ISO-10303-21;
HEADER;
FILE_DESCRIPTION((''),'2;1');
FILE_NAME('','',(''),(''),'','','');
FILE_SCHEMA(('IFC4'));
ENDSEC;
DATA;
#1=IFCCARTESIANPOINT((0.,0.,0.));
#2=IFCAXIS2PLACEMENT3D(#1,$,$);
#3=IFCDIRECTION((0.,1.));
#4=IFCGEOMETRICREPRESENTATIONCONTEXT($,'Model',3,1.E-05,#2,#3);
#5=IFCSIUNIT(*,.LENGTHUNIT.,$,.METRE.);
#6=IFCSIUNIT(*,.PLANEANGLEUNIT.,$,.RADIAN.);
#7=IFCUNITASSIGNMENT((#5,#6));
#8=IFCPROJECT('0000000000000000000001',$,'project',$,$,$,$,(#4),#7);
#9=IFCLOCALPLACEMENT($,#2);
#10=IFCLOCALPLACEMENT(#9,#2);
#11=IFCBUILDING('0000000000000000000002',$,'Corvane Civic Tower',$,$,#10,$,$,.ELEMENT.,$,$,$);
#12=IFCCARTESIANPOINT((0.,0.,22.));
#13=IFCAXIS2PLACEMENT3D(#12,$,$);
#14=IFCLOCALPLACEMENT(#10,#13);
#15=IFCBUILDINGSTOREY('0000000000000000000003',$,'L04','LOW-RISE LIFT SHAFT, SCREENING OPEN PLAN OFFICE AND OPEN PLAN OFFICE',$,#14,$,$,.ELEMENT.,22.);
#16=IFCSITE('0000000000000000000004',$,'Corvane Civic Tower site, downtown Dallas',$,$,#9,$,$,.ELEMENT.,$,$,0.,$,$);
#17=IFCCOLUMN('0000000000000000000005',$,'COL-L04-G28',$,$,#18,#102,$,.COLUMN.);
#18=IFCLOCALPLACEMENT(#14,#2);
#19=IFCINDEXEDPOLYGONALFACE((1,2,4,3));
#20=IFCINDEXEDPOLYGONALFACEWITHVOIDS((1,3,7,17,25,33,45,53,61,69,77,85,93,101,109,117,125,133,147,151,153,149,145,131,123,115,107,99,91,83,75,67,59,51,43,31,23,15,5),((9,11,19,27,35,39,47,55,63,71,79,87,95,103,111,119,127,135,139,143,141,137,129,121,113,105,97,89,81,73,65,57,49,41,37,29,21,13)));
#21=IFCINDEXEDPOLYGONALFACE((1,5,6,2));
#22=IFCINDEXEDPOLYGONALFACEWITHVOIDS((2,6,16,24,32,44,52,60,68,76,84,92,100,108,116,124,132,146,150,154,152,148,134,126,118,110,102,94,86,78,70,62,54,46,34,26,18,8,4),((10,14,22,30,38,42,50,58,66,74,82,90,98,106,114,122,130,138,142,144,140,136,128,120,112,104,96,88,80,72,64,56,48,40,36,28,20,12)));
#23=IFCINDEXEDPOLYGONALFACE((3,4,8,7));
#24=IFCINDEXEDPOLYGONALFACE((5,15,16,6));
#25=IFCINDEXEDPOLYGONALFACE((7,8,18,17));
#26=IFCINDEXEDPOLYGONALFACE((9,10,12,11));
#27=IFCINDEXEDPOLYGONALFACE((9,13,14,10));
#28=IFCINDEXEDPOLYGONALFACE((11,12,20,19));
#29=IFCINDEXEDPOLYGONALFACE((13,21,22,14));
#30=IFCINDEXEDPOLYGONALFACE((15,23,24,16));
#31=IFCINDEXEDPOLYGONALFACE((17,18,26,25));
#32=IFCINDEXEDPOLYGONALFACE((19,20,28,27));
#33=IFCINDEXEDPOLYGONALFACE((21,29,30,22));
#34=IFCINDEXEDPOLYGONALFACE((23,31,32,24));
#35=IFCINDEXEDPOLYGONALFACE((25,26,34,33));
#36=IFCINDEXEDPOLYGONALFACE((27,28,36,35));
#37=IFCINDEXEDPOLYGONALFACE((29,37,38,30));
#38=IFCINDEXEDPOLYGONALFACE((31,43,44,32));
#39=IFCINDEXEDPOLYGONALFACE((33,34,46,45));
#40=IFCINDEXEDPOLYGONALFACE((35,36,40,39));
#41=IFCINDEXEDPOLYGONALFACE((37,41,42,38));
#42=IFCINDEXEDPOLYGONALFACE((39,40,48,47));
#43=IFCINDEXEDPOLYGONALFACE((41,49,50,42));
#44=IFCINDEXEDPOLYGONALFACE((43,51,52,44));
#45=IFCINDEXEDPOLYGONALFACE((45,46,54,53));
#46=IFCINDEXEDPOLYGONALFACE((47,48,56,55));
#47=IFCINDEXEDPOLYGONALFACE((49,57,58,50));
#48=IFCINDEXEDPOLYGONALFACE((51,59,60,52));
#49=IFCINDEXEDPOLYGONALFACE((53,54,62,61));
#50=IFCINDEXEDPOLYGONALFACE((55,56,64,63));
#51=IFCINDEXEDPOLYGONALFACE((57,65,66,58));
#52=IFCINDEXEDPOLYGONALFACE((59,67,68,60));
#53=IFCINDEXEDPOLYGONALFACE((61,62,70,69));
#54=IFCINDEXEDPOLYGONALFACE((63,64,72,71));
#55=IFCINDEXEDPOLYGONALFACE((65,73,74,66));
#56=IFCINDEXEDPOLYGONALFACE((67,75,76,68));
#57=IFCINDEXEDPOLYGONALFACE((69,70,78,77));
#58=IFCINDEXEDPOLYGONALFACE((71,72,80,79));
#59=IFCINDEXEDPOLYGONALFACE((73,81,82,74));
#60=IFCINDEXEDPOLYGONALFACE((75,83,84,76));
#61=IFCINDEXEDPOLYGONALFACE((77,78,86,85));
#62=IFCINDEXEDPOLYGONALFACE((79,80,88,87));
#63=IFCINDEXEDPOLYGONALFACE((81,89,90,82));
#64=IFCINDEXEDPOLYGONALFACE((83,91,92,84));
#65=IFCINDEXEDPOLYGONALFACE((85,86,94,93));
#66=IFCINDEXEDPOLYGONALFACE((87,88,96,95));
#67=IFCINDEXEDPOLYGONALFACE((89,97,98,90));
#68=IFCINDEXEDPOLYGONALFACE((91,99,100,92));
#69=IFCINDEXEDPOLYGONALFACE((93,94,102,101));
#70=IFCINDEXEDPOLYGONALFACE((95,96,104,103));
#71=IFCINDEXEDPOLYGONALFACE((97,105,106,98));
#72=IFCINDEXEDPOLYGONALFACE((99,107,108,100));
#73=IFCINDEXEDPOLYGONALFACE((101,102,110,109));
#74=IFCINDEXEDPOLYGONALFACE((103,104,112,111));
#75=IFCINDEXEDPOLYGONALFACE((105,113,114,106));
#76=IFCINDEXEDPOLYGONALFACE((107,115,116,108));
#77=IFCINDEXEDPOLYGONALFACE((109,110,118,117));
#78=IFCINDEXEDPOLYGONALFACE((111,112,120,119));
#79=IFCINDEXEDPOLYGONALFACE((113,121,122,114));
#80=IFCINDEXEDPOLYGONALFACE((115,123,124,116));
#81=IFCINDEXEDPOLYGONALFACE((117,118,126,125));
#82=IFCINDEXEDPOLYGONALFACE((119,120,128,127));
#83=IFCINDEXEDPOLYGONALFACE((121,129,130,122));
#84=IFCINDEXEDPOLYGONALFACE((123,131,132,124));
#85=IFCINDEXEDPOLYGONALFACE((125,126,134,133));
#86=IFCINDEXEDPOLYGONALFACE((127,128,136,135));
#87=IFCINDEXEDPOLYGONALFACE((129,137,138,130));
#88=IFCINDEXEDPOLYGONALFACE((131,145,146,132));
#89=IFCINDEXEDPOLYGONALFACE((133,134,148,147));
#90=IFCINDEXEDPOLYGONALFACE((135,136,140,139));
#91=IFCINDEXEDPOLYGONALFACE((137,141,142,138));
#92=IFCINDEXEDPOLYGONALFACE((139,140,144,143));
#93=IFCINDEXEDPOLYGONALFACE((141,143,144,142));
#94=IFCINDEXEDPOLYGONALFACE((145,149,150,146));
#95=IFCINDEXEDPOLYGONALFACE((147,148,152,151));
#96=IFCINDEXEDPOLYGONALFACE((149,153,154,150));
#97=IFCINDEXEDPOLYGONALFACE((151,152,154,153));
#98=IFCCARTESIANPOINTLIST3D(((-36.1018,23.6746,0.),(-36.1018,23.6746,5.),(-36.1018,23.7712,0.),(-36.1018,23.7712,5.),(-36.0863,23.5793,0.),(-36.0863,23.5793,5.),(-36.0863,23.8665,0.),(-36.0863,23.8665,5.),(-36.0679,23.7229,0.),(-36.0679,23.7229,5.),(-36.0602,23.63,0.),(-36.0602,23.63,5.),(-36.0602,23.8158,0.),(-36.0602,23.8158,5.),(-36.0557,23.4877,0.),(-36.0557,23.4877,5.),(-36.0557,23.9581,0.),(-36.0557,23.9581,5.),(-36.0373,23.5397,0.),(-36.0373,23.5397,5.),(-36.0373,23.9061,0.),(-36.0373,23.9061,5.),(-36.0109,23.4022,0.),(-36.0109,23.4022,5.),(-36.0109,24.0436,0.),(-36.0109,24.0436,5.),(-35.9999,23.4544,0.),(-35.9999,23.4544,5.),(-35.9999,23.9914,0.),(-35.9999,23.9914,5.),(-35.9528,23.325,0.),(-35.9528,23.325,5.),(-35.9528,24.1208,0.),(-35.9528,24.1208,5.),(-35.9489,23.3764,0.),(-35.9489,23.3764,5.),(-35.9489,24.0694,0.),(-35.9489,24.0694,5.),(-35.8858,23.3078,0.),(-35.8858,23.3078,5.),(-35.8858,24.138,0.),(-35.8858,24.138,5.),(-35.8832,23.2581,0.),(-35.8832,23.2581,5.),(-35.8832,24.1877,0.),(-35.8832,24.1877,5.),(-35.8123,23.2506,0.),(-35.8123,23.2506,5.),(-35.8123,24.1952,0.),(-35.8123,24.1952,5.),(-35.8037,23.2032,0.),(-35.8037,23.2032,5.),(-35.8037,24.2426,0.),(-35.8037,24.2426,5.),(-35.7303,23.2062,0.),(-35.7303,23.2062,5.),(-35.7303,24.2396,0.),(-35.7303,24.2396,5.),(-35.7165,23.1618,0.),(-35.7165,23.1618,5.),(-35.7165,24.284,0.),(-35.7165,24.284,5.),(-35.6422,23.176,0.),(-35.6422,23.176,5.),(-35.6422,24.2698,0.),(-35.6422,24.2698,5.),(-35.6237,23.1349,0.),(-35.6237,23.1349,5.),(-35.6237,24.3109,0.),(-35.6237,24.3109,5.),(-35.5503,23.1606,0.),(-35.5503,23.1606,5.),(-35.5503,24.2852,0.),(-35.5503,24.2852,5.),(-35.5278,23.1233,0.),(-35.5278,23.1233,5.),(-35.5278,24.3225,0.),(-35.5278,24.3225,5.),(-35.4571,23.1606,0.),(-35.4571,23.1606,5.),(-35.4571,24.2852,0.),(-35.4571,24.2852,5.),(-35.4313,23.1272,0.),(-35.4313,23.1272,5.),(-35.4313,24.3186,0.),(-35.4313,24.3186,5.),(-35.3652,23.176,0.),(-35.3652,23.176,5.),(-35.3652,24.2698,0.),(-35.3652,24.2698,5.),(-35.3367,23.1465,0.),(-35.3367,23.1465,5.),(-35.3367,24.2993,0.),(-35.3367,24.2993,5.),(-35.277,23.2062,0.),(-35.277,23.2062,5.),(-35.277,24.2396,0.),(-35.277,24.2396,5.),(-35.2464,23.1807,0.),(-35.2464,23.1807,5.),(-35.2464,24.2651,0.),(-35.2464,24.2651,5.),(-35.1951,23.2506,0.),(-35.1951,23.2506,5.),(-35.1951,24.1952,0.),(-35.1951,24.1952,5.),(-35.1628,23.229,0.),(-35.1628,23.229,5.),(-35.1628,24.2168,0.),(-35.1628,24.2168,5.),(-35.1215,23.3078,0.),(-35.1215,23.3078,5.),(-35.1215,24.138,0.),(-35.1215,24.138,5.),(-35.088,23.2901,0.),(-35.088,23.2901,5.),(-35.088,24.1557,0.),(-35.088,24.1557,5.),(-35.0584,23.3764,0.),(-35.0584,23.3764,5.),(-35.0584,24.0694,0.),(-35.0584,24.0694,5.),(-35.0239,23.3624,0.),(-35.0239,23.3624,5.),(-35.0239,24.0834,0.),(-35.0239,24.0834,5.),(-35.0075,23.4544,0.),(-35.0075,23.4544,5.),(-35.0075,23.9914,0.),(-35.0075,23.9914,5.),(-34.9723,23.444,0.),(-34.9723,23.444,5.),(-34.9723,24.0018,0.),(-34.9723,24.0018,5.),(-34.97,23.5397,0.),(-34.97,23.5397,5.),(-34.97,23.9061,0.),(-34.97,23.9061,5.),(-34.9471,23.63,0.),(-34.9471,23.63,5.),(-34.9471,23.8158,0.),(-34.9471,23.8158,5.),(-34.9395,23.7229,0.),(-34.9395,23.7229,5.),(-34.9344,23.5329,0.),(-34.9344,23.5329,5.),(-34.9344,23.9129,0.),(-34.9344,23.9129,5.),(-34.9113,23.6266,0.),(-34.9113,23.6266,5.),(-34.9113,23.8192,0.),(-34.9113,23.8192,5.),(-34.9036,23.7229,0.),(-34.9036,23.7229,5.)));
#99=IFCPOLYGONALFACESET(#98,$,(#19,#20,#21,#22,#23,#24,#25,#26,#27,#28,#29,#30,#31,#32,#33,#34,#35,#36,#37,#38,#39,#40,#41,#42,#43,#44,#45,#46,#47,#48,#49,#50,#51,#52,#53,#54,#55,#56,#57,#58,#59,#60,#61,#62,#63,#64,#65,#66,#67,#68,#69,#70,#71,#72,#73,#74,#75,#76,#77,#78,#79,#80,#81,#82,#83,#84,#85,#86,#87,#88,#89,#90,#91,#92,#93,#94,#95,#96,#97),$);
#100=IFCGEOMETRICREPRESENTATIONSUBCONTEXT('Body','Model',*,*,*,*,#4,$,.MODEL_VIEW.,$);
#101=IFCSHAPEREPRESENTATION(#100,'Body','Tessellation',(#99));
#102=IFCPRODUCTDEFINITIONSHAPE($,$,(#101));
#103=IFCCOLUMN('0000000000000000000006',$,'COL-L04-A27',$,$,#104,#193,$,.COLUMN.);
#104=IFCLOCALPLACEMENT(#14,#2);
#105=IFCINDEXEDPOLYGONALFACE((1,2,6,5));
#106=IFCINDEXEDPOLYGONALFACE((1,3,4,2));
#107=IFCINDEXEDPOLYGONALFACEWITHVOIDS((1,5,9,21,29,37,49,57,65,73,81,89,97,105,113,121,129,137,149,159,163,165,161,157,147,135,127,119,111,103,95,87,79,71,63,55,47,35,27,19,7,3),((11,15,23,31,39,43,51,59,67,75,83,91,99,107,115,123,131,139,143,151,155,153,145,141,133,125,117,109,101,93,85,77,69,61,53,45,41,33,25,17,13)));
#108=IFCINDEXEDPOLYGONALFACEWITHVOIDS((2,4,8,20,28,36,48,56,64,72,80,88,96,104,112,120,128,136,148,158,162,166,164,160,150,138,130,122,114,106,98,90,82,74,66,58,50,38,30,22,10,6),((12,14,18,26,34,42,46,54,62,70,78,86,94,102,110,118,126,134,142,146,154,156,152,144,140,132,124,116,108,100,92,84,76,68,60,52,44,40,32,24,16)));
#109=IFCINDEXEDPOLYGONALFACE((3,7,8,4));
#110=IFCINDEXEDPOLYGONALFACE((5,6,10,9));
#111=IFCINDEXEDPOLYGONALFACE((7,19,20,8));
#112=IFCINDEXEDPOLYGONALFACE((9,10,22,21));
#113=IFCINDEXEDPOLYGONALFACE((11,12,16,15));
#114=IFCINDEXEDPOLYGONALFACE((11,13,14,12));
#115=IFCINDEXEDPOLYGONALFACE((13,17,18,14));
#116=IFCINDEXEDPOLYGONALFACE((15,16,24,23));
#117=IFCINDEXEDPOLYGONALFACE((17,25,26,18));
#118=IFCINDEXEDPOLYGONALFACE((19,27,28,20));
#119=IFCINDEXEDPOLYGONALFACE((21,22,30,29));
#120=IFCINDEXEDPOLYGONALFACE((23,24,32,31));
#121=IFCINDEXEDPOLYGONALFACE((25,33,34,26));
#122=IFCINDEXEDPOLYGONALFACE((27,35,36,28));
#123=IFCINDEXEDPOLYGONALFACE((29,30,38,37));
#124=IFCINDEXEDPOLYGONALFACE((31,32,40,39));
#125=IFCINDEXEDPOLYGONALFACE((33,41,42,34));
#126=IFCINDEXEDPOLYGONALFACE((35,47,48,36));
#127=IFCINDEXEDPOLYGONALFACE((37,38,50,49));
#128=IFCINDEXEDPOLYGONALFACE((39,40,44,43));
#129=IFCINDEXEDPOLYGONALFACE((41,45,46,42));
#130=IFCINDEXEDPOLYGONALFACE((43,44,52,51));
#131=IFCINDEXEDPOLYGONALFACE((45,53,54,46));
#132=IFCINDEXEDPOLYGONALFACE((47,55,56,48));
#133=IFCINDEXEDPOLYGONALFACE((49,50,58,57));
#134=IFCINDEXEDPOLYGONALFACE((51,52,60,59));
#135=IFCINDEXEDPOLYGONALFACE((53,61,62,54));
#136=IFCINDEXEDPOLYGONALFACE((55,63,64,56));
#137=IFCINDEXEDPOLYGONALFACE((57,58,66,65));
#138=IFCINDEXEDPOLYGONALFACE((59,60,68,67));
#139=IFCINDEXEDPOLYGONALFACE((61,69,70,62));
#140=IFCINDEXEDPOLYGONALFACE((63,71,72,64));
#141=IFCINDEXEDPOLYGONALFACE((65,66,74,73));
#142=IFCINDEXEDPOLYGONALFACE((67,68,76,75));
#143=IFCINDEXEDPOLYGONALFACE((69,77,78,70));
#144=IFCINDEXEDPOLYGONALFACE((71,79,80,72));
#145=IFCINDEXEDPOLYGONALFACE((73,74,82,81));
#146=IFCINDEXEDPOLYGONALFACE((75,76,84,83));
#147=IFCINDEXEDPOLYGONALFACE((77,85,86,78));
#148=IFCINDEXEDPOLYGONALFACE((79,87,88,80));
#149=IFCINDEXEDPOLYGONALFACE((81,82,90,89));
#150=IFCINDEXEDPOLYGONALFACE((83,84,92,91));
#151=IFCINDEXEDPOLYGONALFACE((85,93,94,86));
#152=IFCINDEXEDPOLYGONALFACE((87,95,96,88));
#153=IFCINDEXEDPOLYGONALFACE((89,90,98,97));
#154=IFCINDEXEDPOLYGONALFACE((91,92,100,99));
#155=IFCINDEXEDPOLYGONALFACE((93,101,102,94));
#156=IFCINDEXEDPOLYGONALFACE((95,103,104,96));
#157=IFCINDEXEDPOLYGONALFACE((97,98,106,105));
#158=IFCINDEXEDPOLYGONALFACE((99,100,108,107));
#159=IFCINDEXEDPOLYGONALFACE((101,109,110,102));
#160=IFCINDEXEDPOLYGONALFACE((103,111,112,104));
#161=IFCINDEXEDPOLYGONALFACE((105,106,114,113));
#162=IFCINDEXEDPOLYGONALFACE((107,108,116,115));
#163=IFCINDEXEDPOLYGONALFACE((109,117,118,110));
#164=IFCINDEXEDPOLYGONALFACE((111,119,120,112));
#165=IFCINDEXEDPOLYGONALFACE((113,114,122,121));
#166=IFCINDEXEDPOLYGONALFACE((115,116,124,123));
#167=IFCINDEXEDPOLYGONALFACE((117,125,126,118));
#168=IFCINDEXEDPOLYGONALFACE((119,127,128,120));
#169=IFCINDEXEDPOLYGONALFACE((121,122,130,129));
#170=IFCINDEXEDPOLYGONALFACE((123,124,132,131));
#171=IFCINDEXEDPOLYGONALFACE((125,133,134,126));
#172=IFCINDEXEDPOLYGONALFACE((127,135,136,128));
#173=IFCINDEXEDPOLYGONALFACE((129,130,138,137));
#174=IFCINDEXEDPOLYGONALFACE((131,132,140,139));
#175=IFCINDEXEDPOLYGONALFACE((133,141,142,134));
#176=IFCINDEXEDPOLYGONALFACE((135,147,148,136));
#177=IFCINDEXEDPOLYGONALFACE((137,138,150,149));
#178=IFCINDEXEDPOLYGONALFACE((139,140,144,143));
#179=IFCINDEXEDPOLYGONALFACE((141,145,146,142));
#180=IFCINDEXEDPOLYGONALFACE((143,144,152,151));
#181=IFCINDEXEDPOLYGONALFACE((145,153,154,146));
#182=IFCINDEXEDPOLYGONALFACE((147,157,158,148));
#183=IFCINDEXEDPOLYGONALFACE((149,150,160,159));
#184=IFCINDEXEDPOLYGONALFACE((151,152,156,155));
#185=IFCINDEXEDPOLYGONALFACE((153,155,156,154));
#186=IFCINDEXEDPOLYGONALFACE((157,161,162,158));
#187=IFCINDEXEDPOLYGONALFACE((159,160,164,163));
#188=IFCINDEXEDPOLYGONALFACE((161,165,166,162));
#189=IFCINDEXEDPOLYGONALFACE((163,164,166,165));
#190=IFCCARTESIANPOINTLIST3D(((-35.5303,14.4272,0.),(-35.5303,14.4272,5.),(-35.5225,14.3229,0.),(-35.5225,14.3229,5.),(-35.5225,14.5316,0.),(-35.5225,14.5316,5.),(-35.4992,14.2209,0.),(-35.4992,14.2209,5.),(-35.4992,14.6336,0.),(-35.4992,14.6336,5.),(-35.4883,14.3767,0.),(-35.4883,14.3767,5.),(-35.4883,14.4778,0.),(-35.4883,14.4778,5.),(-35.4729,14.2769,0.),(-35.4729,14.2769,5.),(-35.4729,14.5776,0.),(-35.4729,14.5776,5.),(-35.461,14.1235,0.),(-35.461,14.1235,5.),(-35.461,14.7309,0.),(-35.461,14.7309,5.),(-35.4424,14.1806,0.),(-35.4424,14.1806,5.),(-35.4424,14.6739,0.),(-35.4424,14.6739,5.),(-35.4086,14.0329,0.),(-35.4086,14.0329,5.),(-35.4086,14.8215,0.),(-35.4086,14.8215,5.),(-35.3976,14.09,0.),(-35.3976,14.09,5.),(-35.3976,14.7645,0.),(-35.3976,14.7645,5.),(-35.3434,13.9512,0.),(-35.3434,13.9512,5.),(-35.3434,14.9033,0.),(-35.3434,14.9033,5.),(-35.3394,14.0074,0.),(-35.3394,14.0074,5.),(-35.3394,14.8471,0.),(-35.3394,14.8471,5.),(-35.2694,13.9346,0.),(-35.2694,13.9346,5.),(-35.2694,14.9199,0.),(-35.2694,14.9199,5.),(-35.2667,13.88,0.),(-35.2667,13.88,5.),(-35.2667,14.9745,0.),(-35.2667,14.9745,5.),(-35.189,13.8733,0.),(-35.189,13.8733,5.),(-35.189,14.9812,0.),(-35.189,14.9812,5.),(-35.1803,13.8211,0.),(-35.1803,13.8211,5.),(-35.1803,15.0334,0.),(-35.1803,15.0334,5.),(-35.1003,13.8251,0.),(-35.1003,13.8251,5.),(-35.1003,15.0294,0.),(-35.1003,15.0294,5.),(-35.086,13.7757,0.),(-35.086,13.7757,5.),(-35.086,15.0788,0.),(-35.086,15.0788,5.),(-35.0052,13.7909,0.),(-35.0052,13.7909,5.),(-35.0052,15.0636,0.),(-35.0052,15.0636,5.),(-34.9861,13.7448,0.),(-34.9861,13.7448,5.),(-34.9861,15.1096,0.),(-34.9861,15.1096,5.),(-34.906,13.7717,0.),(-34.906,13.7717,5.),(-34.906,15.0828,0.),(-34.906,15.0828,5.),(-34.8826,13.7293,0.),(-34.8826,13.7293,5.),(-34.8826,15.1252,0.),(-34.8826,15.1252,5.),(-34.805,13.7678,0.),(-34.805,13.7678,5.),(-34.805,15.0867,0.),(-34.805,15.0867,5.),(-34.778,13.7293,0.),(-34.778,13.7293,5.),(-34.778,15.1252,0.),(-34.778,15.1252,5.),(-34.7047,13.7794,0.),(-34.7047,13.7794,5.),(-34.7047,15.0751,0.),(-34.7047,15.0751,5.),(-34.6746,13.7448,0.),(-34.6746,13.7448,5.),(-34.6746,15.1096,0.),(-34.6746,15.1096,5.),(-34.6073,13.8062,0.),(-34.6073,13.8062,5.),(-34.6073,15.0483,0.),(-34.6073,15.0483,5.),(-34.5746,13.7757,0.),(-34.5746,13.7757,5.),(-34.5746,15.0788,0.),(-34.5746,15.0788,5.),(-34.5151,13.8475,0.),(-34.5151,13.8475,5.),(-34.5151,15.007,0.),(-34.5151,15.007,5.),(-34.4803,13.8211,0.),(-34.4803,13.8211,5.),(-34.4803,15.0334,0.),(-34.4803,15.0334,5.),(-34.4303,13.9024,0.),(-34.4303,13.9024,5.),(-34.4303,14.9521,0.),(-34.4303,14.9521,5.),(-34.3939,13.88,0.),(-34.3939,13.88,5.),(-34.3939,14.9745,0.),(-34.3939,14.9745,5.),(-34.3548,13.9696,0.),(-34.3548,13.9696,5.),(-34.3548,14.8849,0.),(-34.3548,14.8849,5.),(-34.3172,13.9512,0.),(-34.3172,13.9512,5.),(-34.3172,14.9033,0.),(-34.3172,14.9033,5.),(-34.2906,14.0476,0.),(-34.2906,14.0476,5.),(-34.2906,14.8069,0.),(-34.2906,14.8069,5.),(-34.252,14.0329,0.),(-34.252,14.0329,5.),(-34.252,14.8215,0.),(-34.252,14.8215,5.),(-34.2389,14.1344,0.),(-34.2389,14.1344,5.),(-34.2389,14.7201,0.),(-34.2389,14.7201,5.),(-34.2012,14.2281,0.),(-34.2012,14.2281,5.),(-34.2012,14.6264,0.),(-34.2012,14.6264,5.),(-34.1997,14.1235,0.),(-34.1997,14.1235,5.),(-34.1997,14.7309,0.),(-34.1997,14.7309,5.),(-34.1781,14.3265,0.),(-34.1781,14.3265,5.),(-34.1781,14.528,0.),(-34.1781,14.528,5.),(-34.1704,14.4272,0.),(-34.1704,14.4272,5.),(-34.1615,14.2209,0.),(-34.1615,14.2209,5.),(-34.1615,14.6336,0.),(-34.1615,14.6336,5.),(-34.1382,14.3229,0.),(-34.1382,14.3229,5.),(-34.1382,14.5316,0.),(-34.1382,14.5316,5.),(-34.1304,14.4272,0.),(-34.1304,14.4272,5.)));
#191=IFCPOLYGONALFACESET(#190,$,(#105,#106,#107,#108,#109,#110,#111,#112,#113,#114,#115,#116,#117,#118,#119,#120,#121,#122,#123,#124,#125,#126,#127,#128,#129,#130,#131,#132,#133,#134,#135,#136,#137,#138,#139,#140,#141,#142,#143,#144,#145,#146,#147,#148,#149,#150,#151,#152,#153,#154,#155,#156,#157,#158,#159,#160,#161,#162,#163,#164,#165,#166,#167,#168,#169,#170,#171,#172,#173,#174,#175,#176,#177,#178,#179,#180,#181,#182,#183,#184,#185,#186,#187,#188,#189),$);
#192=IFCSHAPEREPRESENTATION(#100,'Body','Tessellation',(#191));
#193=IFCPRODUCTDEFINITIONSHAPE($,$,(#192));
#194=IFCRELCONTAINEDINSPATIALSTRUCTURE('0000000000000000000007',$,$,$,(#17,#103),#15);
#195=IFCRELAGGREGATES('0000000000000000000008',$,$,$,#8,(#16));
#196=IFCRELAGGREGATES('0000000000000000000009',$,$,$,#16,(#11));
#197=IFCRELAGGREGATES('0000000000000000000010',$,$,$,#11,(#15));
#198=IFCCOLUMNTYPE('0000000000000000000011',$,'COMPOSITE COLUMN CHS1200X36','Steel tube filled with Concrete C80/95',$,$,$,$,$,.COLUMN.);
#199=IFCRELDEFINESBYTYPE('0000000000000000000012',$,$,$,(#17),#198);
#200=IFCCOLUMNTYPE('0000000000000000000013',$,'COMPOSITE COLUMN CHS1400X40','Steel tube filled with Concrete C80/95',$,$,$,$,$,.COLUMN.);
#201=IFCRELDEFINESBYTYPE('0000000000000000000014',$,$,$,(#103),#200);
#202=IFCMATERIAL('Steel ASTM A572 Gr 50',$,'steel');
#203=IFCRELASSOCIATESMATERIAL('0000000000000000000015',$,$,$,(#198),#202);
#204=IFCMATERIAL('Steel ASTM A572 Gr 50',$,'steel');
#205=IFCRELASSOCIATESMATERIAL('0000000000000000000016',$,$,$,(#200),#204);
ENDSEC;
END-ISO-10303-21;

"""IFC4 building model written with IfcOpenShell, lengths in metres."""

from ifc_helpers import new_model, si_unit, direction, frame, origin, origin_2d, place, context, subcontext, project, spatial, hollow_circle, extrude, material, material_profile, profile_set, type_object, element, save


model = new_model("IFC4")

# Units and contexts
model_context = context("Model", 3, precision=1e-05, world=origin(), true_north=direction((0.0, 1.0)))
body_context = subcontext(model_context, "Body", "Model", "MODEL_VIEW")
ifc_project = project(units=[si_unit("LENGTHUNIT", "METRE"), si_unit("PLANEANGLEUNIT", "RADIAN")], contexts=[model_context])

# Site, building, storey
site_placement = place(None, origin())
site = spatial("IfcSite", under=ifc_project, at=site_placement, Name="Corvane Civic Tower site, downtown Dallas", CompositionType="ELEMENT", RefElevation=0.0)
building_placement = place(site_placement, origin())
building = spatial("IfcBuilding", under=site, at=building_placement, Name="Corvane Civic Tower", CompositionType="ELEMENT")
storey_placement = place(building_placement, frame((0.0, 0.0, 22.0)))
storey = spatial("IfcBuildingStorey", under=building, at=storey_placement, Name="L04", Description="LOW-RISE LIFT SHAFT, SCREENING OPEN PLAN OFFICE AND OPEN PLAN OFFICE", CompositionType="ELEMENT", Elevation=22.0)

# Columns
ifc_material_1 = material(Name="Steel ASTM A572 Gr 50", Category="steel")
ifc_material_profile_1 = material_profile(ifc_material_1, hollow_circle(Radius=0.6001, WallThickness=0.0359, at=origin_2d()), Name="CHS1200X36")
ifc_profile_set_1 = profile_set([ifc_material_profile_1], Name="Steel ASTM A572 Gr 50")
column_type_1 = type_object("IfcColumnType", Name="COMPOSITE COLUMN CHS1200X36", Description="Steel tube filled with Concrete C80/95", PredefinedType="COLUMN", material=ifc_profile_set_1)
column_placement = place(storey_placement, frame((-35.5037, 23.7229, 0.0), z_axis=(0.0, 0.0, 1.0), x_axis=(1.0, 0.0, 0.0)))
element("IfcColumn", 1, at=column_placement, inside=storey, type_object=column_type_1, Name="COL-L04-G28", PredefinedType="COLUMN", context=body_context, shape_type="SweptSolid", body=[
    extrude(hollow_circle(Radius=0.6001, WallThickness=0.0359, at=origin_2d()), origin(), (0.0, 0.0, 1.0), 5.0),
])
ifc_material_2 = material(Name="Steel ASTM A572 Gr 50", Category="steel")
ifc_material_profile_2 = material_profile(ifc_material_2, hollow_circle(Radius=0.7, WallThickness=0.04, at=origin_2d()), Name="CHS1400X40")
ifc_profile_set_2 = profile_set([ifc_material_profile_2], Name="Steel ASTM A572 Gr 50")
column_type_2 = type_object("IfcColumnType", Name="COMPOSITE COLUMN CHS1400X40", Description="Steel tube filled with Concrete C80/95", PredefinedType="COLUMN", material=ifc_profile_set_2)
for number, where, z_axis, x_axis, name in (
    (2, (-34.8303, 14.4272, 0.0), (0.0, 0.0, 1.0), (1.0, 0.0, 0.0), "COL-L04-A27"),
):
    element("IfcColumn", number, at=place(storey_placement, frame(where, z_axis=z_axis, x_axis=x_axis)), inside=storey, type_object=column_type_2, Name=name, PredefinedType="COLUMN", context=body_context, shape_type="SweptSolid", body=[
        extrude(hollow_circle(Radius=0.7, WallThickness=0.04, at=origin_2d()), origin(), (0.0, 0.0, 1.0), 5.0),
    ])

save(model, "model.ifc")
